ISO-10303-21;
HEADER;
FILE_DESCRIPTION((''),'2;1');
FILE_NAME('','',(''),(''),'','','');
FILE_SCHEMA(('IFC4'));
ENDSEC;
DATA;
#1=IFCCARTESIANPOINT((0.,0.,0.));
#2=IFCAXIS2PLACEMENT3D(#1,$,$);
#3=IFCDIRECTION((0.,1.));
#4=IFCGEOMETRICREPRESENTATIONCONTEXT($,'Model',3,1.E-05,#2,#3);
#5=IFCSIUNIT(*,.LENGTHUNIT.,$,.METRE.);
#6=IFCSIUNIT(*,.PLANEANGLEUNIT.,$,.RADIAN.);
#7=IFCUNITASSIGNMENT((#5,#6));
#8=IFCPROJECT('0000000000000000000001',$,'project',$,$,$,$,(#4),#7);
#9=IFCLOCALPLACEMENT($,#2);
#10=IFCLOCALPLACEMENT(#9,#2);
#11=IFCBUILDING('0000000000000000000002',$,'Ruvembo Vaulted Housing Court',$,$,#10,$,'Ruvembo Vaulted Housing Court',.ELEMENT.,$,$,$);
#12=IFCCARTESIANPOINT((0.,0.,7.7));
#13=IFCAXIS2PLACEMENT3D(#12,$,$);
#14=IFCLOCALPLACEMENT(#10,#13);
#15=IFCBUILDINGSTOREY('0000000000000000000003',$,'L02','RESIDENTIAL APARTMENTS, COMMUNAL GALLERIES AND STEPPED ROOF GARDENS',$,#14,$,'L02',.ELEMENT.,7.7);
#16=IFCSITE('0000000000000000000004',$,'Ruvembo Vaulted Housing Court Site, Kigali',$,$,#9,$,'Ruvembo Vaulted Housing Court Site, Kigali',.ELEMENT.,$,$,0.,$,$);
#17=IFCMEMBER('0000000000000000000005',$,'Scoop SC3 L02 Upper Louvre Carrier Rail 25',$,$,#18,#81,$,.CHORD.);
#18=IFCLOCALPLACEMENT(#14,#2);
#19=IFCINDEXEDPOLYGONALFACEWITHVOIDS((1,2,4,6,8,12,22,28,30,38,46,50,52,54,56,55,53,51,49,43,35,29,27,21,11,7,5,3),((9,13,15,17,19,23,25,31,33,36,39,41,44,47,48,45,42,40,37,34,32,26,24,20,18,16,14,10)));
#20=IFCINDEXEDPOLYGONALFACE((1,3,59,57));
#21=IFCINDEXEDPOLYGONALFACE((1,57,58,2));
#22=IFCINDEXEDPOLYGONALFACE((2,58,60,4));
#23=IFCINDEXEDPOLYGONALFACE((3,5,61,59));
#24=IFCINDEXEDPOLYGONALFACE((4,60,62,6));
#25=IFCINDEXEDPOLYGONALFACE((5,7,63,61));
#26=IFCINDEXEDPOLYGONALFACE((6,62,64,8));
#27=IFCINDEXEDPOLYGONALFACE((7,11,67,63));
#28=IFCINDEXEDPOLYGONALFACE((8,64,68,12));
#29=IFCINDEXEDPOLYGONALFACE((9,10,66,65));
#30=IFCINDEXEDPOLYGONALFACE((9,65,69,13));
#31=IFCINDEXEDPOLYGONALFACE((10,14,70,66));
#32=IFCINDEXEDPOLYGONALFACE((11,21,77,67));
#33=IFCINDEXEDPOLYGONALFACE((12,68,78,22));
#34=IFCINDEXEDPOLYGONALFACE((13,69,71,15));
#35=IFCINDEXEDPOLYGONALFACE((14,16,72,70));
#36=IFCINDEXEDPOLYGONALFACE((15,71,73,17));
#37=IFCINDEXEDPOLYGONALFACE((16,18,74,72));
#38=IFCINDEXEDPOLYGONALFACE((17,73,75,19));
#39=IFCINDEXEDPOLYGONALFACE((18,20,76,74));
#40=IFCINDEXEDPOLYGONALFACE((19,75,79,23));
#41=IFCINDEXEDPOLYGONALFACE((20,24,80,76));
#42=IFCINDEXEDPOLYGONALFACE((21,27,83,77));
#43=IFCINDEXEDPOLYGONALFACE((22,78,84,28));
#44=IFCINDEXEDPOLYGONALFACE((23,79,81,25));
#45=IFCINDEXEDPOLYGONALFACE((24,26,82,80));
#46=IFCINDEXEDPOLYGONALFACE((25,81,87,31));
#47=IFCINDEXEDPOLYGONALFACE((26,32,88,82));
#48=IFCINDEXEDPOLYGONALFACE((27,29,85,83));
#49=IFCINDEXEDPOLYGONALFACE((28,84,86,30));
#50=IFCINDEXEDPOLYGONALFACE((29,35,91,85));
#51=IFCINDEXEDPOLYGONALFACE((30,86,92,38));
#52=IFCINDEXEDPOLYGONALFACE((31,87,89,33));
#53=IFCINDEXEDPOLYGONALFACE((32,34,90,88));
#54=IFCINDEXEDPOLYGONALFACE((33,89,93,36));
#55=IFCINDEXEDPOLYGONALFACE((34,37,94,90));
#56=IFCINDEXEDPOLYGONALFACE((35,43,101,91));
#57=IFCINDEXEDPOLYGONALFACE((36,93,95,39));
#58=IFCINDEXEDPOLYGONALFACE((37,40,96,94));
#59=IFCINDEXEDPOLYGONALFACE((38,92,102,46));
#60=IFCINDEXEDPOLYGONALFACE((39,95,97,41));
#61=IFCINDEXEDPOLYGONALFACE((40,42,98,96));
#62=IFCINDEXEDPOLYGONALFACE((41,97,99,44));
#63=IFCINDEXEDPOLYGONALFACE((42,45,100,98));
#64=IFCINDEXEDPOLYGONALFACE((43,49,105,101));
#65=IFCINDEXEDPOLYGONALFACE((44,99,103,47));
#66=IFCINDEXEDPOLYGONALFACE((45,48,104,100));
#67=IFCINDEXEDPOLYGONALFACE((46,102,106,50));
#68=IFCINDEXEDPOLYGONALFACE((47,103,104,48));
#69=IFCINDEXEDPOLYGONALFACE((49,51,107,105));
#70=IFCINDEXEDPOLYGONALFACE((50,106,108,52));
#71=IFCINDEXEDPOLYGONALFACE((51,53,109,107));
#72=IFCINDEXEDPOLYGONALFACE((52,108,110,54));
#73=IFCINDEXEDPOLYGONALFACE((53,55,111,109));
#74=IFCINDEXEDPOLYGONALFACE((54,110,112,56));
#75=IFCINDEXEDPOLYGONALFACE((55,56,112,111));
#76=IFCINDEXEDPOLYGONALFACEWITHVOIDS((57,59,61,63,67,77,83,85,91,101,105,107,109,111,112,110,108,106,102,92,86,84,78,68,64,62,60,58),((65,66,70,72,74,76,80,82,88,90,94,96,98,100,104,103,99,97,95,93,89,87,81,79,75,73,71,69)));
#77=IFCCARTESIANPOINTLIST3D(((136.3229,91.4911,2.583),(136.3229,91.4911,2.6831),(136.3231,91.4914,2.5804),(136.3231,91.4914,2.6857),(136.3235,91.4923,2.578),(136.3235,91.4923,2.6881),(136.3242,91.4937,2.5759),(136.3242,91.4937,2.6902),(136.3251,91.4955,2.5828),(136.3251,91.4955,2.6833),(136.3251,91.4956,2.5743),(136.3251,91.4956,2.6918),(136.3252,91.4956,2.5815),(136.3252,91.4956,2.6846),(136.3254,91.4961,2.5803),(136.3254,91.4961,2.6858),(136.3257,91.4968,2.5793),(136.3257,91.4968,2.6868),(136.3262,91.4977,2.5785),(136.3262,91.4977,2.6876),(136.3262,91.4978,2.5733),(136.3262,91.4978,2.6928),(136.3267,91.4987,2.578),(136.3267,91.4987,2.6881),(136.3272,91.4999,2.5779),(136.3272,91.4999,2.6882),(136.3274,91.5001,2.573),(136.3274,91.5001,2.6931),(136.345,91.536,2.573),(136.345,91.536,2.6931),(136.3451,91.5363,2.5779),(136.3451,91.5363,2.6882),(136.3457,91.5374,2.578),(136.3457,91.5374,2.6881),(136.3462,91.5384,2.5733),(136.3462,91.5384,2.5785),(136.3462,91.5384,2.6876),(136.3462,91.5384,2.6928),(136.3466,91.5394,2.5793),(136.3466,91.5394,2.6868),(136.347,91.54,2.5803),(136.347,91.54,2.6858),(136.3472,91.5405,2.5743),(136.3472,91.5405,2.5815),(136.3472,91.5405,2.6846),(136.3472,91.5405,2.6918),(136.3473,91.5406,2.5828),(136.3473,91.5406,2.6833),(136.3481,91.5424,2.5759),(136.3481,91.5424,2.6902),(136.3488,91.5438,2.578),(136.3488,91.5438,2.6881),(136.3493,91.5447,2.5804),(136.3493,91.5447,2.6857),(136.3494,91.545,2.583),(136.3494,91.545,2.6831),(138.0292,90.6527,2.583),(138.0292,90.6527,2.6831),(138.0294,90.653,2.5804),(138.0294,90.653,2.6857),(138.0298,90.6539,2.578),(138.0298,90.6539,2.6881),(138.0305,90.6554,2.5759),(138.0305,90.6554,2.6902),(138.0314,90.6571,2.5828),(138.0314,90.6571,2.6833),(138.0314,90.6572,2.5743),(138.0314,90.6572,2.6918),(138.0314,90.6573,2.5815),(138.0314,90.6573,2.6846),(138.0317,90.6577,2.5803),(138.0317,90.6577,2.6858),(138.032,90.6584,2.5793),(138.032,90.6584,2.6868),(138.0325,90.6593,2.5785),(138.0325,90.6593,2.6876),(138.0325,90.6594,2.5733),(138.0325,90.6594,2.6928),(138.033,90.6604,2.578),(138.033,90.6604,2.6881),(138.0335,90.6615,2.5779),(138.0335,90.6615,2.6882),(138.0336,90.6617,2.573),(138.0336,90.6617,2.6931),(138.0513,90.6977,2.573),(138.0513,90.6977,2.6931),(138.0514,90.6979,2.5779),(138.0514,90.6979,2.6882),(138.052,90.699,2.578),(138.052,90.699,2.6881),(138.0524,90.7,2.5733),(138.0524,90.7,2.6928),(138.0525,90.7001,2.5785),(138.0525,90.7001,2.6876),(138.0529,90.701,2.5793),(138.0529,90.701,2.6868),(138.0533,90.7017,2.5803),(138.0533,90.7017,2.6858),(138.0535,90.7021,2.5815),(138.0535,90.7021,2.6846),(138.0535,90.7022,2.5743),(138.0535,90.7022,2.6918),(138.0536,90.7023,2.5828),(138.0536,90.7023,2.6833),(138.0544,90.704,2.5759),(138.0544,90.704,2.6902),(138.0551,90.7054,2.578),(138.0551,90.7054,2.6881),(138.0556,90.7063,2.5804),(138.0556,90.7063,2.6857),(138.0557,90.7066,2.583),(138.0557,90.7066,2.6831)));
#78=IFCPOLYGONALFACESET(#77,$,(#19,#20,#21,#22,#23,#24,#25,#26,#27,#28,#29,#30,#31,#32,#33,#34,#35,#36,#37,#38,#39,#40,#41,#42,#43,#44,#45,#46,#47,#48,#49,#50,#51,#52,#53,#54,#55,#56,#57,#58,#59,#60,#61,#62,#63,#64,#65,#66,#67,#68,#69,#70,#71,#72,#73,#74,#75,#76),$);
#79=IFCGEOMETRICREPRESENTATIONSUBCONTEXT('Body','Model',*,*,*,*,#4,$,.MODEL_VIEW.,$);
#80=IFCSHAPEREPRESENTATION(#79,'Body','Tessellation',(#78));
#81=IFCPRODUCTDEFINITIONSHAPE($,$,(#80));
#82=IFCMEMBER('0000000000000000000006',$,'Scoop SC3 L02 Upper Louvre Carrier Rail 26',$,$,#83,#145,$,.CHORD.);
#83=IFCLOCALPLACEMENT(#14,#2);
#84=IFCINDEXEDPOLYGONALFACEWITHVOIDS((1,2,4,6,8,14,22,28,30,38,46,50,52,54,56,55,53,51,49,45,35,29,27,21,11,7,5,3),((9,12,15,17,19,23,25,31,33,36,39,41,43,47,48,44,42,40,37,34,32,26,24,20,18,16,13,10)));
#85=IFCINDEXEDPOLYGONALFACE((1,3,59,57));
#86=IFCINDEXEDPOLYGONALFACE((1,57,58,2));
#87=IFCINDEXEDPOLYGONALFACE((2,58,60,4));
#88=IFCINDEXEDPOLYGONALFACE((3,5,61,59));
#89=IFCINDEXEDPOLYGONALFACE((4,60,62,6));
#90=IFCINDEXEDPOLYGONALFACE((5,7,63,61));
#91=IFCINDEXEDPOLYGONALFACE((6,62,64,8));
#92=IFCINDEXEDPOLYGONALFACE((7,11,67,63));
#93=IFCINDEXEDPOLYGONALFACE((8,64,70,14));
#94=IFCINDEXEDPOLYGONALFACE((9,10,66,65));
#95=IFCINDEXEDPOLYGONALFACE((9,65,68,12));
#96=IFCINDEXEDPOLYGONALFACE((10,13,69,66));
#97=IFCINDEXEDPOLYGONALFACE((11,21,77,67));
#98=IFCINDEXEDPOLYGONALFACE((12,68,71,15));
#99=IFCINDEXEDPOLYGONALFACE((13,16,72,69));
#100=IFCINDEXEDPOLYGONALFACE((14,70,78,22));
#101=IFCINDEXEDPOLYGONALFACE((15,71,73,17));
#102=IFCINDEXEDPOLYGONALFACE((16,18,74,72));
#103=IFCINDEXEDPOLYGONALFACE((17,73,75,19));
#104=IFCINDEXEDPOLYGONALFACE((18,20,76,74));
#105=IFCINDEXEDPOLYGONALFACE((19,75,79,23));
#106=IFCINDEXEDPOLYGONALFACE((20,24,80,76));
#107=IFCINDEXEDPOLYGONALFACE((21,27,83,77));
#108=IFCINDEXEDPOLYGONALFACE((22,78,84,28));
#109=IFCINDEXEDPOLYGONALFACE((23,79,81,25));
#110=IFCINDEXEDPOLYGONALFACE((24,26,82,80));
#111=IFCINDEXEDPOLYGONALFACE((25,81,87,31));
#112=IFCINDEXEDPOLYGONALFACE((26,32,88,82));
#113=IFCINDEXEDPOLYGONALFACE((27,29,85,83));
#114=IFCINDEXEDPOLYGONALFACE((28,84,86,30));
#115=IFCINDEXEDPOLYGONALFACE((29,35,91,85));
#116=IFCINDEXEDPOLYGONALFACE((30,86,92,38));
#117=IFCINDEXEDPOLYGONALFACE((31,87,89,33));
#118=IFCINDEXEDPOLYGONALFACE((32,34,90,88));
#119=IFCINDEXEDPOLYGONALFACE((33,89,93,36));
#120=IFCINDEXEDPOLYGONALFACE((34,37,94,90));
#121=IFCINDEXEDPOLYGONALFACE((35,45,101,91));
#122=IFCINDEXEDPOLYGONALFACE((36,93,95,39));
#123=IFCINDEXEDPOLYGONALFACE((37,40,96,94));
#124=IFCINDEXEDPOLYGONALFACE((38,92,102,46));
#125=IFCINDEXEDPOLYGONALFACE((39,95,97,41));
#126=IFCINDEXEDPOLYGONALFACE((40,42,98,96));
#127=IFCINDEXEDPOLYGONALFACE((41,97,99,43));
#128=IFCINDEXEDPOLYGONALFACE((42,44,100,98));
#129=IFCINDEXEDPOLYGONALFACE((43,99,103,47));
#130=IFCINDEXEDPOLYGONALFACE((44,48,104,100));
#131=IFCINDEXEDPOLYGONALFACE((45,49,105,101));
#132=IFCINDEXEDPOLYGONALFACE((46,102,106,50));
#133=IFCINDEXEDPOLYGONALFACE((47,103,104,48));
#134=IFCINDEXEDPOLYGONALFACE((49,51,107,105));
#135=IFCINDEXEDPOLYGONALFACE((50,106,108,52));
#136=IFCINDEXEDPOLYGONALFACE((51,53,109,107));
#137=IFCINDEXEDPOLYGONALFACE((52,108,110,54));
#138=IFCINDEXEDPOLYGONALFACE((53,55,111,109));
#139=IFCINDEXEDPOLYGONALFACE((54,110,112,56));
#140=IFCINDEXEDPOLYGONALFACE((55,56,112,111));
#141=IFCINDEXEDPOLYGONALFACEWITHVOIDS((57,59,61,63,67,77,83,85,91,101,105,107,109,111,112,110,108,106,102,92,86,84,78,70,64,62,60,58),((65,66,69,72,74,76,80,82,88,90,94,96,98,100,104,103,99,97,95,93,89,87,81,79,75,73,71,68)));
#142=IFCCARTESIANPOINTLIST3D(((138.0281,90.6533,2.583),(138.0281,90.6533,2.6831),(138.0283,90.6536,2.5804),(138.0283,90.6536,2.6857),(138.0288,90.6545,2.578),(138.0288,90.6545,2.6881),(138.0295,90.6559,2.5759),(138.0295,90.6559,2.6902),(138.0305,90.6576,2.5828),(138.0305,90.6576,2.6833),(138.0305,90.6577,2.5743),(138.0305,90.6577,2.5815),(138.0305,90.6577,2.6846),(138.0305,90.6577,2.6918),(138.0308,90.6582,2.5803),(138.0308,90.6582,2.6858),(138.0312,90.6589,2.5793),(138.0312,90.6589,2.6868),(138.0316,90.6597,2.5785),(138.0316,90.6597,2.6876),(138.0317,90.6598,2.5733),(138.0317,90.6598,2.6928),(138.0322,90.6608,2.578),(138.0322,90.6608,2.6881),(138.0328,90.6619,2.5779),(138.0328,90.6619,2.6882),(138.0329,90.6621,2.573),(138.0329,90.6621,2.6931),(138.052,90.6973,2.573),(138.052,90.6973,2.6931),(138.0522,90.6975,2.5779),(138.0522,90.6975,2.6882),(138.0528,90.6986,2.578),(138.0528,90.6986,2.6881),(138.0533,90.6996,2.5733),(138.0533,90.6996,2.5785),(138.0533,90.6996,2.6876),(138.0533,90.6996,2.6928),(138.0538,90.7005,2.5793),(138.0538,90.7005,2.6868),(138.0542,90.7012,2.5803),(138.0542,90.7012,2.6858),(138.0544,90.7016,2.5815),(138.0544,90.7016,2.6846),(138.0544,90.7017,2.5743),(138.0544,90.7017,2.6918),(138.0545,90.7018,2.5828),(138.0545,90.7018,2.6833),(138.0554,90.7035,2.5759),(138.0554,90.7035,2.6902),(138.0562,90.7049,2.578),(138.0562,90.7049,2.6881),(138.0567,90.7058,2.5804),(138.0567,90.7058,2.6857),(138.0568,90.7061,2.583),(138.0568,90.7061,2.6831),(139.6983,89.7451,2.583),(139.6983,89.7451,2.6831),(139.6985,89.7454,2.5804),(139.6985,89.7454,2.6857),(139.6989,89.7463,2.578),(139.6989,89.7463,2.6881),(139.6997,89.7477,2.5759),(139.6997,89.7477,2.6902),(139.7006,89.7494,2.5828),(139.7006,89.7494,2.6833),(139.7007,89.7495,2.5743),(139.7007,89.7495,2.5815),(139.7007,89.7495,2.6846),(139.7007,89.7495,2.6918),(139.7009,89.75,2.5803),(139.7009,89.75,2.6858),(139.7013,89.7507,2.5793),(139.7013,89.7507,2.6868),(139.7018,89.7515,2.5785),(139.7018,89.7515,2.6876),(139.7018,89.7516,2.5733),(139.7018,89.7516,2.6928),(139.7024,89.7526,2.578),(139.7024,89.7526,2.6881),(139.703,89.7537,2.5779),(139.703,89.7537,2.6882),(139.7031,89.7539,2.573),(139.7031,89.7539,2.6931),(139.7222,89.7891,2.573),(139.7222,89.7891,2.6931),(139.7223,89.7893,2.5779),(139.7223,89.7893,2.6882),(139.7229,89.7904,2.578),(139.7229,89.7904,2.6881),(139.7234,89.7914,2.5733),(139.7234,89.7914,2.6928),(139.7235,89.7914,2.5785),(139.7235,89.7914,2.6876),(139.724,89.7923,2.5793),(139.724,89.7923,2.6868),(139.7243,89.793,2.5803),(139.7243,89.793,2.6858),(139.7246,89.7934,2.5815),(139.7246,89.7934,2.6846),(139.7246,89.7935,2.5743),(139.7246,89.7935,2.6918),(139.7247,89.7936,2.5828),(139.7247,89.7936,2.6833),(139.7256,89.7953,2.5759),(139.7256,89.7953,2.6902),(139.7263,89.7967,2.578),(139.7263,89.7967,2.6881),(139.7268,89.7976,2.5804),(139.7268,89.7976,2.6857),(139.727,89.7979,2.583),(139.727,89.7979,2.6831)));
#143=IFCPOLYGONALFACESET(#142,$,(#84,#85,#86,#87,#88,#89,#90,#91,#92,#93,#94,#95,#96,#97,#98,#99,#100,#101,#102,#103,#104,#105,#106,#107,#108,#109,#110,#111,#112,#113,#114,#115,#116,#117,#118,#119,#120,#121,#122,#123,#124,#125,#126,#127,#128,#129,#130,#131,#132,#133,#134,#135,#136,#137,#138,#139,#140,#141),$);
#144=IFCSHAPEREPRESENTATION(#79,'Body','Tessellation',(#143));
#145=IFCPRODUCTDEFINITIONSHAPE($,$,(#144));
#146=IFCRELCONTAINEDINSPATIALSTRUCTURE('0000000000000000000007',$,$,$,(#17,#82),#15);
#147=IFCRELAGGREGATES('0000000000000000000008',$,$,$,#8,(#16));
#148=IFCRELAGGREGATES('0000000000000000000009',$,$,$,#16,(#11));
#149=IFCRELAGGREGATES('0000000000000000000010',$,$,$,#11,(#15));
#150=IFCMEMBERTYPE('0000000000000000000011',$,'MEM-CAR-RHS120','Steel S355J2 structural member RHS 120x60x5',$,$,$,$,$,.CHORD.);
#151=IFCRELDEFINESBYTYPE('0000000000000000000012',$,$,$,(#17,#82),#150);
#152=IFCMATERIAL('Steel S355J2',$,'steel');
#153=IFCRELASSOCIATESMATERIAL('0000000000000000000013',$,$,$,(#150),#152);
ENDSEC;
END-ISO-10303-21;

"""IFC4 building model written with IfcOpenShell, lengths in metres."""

from ifc_helpers import new_model, si_unit, direction, frame, origin, origin_2d, place, context, subcontext, project, spatial, hollow_rectangle, extrude, material, material_profile, profile_set, type_object, element, save


model = new_model("IFC4")

# Units and contexts
model_context = context("Model", 3, precision=1e-05, world=origin(), true_north=direction((0.0, 1.0)))
body_context = subcontext(model_context, "Body", "Model", "MODEL_VIEW")
ifc_project = project(units=[si_unit("LENGTHUNIT", "METRE"), si_unit("PLANEANGLEUNIT", "RADIAN")], contexts=[model_context])

# Site, building, storey
site_placement = place(None, origin())
site = spatial("IfcSite", under=ifc_project, at=site_placement, Name="Ruvembo Vaulted Housing Court Site, Kigali", LongName="Ruvembo Vaulted Housing Court Site, Kigali", CompositionType="ELEMENT", RefElevation=0.0)
building_placement = place(site_placement, origin())
building = spatial("IfcBuilding", under=site, at=building_placement, Name="Ruvembo Vaulted Housing Court", LongName="Ruvembo Vaulted Housing Court", CompositionType="ELEMENT")
storey_placement = place(building_placement, frame((0.0, 0.0, 7.7)))
storey = spatial("IfcBuildingStorey", under=building, at=storey_placement, Name="L02", Description="RESIDENTIAL APARTMENTS, COMMUNAL GALLERIES AND STEPPED ROOF GARDENS", LongName="L02", CompositionType="ELEMENT", Elevation=7.7)

# Shared definitions
ifc_material_1 = material(Name="Steel S355J2", Category="steel")

# Members
ifc_material_profile_1 = material_profile(ifc_material_1, hollow_rectangle(XDim=0.0601, YDim=0.1201, WallThickness=0.0049, InnerFilletRadius=0.0049, OuterFilletRadius=0.01, at=origin_2d()), Name="RHS 120x60x5")
ifc_profile_set_1 = profile_set([ifc_material_profile_1], Name="Steel S355J2")
member_type_1 = type_object("IfcMemberType", Name="MEM-CAR-RHS120", Description="Steel S355J2 structural member RHS 120x60x5", PredefinedType="CHORD", material=ifc_profile_set_1)
for number, where, z_axis, x_axis, name in (
    (1, (136.3362, 91.5181, 2.6331), (0.897513, -0.440987, 0.0), (0.440987, 0.897513, 0.0), "Scoop SC3 L02 Upper Louvre Carrier Rail 25"),
    (2, (138.0425, 90.6797, 2.6331), (0.878513, -0.477718, 0.0), (0.477718, 0.878513, 0.0), "Scoop SC3 L02 Upper Louvre Carrier Rail 26"),
):
    element("IfcMember", number, at=place(storey_placement, frame(where, z_axis=z_axis, x_axis=x_axis)), inside=storey, type_object=member_type_1, Name=name, PredefinedType="CHORD", context=body_context, shape_type="SweptSolid", body=[
        extrude(hollow_rectangle(XDim=0.0601, YDim=0.1201, WallThickness=0.0049, InnerFilletRadius=0.0049, OuterFilletRadius=0.01, at=origin_2d()), origin(), (0.0, 0.0, 1.0), 1.9011),
    ])

save(model, "model.ifc")
